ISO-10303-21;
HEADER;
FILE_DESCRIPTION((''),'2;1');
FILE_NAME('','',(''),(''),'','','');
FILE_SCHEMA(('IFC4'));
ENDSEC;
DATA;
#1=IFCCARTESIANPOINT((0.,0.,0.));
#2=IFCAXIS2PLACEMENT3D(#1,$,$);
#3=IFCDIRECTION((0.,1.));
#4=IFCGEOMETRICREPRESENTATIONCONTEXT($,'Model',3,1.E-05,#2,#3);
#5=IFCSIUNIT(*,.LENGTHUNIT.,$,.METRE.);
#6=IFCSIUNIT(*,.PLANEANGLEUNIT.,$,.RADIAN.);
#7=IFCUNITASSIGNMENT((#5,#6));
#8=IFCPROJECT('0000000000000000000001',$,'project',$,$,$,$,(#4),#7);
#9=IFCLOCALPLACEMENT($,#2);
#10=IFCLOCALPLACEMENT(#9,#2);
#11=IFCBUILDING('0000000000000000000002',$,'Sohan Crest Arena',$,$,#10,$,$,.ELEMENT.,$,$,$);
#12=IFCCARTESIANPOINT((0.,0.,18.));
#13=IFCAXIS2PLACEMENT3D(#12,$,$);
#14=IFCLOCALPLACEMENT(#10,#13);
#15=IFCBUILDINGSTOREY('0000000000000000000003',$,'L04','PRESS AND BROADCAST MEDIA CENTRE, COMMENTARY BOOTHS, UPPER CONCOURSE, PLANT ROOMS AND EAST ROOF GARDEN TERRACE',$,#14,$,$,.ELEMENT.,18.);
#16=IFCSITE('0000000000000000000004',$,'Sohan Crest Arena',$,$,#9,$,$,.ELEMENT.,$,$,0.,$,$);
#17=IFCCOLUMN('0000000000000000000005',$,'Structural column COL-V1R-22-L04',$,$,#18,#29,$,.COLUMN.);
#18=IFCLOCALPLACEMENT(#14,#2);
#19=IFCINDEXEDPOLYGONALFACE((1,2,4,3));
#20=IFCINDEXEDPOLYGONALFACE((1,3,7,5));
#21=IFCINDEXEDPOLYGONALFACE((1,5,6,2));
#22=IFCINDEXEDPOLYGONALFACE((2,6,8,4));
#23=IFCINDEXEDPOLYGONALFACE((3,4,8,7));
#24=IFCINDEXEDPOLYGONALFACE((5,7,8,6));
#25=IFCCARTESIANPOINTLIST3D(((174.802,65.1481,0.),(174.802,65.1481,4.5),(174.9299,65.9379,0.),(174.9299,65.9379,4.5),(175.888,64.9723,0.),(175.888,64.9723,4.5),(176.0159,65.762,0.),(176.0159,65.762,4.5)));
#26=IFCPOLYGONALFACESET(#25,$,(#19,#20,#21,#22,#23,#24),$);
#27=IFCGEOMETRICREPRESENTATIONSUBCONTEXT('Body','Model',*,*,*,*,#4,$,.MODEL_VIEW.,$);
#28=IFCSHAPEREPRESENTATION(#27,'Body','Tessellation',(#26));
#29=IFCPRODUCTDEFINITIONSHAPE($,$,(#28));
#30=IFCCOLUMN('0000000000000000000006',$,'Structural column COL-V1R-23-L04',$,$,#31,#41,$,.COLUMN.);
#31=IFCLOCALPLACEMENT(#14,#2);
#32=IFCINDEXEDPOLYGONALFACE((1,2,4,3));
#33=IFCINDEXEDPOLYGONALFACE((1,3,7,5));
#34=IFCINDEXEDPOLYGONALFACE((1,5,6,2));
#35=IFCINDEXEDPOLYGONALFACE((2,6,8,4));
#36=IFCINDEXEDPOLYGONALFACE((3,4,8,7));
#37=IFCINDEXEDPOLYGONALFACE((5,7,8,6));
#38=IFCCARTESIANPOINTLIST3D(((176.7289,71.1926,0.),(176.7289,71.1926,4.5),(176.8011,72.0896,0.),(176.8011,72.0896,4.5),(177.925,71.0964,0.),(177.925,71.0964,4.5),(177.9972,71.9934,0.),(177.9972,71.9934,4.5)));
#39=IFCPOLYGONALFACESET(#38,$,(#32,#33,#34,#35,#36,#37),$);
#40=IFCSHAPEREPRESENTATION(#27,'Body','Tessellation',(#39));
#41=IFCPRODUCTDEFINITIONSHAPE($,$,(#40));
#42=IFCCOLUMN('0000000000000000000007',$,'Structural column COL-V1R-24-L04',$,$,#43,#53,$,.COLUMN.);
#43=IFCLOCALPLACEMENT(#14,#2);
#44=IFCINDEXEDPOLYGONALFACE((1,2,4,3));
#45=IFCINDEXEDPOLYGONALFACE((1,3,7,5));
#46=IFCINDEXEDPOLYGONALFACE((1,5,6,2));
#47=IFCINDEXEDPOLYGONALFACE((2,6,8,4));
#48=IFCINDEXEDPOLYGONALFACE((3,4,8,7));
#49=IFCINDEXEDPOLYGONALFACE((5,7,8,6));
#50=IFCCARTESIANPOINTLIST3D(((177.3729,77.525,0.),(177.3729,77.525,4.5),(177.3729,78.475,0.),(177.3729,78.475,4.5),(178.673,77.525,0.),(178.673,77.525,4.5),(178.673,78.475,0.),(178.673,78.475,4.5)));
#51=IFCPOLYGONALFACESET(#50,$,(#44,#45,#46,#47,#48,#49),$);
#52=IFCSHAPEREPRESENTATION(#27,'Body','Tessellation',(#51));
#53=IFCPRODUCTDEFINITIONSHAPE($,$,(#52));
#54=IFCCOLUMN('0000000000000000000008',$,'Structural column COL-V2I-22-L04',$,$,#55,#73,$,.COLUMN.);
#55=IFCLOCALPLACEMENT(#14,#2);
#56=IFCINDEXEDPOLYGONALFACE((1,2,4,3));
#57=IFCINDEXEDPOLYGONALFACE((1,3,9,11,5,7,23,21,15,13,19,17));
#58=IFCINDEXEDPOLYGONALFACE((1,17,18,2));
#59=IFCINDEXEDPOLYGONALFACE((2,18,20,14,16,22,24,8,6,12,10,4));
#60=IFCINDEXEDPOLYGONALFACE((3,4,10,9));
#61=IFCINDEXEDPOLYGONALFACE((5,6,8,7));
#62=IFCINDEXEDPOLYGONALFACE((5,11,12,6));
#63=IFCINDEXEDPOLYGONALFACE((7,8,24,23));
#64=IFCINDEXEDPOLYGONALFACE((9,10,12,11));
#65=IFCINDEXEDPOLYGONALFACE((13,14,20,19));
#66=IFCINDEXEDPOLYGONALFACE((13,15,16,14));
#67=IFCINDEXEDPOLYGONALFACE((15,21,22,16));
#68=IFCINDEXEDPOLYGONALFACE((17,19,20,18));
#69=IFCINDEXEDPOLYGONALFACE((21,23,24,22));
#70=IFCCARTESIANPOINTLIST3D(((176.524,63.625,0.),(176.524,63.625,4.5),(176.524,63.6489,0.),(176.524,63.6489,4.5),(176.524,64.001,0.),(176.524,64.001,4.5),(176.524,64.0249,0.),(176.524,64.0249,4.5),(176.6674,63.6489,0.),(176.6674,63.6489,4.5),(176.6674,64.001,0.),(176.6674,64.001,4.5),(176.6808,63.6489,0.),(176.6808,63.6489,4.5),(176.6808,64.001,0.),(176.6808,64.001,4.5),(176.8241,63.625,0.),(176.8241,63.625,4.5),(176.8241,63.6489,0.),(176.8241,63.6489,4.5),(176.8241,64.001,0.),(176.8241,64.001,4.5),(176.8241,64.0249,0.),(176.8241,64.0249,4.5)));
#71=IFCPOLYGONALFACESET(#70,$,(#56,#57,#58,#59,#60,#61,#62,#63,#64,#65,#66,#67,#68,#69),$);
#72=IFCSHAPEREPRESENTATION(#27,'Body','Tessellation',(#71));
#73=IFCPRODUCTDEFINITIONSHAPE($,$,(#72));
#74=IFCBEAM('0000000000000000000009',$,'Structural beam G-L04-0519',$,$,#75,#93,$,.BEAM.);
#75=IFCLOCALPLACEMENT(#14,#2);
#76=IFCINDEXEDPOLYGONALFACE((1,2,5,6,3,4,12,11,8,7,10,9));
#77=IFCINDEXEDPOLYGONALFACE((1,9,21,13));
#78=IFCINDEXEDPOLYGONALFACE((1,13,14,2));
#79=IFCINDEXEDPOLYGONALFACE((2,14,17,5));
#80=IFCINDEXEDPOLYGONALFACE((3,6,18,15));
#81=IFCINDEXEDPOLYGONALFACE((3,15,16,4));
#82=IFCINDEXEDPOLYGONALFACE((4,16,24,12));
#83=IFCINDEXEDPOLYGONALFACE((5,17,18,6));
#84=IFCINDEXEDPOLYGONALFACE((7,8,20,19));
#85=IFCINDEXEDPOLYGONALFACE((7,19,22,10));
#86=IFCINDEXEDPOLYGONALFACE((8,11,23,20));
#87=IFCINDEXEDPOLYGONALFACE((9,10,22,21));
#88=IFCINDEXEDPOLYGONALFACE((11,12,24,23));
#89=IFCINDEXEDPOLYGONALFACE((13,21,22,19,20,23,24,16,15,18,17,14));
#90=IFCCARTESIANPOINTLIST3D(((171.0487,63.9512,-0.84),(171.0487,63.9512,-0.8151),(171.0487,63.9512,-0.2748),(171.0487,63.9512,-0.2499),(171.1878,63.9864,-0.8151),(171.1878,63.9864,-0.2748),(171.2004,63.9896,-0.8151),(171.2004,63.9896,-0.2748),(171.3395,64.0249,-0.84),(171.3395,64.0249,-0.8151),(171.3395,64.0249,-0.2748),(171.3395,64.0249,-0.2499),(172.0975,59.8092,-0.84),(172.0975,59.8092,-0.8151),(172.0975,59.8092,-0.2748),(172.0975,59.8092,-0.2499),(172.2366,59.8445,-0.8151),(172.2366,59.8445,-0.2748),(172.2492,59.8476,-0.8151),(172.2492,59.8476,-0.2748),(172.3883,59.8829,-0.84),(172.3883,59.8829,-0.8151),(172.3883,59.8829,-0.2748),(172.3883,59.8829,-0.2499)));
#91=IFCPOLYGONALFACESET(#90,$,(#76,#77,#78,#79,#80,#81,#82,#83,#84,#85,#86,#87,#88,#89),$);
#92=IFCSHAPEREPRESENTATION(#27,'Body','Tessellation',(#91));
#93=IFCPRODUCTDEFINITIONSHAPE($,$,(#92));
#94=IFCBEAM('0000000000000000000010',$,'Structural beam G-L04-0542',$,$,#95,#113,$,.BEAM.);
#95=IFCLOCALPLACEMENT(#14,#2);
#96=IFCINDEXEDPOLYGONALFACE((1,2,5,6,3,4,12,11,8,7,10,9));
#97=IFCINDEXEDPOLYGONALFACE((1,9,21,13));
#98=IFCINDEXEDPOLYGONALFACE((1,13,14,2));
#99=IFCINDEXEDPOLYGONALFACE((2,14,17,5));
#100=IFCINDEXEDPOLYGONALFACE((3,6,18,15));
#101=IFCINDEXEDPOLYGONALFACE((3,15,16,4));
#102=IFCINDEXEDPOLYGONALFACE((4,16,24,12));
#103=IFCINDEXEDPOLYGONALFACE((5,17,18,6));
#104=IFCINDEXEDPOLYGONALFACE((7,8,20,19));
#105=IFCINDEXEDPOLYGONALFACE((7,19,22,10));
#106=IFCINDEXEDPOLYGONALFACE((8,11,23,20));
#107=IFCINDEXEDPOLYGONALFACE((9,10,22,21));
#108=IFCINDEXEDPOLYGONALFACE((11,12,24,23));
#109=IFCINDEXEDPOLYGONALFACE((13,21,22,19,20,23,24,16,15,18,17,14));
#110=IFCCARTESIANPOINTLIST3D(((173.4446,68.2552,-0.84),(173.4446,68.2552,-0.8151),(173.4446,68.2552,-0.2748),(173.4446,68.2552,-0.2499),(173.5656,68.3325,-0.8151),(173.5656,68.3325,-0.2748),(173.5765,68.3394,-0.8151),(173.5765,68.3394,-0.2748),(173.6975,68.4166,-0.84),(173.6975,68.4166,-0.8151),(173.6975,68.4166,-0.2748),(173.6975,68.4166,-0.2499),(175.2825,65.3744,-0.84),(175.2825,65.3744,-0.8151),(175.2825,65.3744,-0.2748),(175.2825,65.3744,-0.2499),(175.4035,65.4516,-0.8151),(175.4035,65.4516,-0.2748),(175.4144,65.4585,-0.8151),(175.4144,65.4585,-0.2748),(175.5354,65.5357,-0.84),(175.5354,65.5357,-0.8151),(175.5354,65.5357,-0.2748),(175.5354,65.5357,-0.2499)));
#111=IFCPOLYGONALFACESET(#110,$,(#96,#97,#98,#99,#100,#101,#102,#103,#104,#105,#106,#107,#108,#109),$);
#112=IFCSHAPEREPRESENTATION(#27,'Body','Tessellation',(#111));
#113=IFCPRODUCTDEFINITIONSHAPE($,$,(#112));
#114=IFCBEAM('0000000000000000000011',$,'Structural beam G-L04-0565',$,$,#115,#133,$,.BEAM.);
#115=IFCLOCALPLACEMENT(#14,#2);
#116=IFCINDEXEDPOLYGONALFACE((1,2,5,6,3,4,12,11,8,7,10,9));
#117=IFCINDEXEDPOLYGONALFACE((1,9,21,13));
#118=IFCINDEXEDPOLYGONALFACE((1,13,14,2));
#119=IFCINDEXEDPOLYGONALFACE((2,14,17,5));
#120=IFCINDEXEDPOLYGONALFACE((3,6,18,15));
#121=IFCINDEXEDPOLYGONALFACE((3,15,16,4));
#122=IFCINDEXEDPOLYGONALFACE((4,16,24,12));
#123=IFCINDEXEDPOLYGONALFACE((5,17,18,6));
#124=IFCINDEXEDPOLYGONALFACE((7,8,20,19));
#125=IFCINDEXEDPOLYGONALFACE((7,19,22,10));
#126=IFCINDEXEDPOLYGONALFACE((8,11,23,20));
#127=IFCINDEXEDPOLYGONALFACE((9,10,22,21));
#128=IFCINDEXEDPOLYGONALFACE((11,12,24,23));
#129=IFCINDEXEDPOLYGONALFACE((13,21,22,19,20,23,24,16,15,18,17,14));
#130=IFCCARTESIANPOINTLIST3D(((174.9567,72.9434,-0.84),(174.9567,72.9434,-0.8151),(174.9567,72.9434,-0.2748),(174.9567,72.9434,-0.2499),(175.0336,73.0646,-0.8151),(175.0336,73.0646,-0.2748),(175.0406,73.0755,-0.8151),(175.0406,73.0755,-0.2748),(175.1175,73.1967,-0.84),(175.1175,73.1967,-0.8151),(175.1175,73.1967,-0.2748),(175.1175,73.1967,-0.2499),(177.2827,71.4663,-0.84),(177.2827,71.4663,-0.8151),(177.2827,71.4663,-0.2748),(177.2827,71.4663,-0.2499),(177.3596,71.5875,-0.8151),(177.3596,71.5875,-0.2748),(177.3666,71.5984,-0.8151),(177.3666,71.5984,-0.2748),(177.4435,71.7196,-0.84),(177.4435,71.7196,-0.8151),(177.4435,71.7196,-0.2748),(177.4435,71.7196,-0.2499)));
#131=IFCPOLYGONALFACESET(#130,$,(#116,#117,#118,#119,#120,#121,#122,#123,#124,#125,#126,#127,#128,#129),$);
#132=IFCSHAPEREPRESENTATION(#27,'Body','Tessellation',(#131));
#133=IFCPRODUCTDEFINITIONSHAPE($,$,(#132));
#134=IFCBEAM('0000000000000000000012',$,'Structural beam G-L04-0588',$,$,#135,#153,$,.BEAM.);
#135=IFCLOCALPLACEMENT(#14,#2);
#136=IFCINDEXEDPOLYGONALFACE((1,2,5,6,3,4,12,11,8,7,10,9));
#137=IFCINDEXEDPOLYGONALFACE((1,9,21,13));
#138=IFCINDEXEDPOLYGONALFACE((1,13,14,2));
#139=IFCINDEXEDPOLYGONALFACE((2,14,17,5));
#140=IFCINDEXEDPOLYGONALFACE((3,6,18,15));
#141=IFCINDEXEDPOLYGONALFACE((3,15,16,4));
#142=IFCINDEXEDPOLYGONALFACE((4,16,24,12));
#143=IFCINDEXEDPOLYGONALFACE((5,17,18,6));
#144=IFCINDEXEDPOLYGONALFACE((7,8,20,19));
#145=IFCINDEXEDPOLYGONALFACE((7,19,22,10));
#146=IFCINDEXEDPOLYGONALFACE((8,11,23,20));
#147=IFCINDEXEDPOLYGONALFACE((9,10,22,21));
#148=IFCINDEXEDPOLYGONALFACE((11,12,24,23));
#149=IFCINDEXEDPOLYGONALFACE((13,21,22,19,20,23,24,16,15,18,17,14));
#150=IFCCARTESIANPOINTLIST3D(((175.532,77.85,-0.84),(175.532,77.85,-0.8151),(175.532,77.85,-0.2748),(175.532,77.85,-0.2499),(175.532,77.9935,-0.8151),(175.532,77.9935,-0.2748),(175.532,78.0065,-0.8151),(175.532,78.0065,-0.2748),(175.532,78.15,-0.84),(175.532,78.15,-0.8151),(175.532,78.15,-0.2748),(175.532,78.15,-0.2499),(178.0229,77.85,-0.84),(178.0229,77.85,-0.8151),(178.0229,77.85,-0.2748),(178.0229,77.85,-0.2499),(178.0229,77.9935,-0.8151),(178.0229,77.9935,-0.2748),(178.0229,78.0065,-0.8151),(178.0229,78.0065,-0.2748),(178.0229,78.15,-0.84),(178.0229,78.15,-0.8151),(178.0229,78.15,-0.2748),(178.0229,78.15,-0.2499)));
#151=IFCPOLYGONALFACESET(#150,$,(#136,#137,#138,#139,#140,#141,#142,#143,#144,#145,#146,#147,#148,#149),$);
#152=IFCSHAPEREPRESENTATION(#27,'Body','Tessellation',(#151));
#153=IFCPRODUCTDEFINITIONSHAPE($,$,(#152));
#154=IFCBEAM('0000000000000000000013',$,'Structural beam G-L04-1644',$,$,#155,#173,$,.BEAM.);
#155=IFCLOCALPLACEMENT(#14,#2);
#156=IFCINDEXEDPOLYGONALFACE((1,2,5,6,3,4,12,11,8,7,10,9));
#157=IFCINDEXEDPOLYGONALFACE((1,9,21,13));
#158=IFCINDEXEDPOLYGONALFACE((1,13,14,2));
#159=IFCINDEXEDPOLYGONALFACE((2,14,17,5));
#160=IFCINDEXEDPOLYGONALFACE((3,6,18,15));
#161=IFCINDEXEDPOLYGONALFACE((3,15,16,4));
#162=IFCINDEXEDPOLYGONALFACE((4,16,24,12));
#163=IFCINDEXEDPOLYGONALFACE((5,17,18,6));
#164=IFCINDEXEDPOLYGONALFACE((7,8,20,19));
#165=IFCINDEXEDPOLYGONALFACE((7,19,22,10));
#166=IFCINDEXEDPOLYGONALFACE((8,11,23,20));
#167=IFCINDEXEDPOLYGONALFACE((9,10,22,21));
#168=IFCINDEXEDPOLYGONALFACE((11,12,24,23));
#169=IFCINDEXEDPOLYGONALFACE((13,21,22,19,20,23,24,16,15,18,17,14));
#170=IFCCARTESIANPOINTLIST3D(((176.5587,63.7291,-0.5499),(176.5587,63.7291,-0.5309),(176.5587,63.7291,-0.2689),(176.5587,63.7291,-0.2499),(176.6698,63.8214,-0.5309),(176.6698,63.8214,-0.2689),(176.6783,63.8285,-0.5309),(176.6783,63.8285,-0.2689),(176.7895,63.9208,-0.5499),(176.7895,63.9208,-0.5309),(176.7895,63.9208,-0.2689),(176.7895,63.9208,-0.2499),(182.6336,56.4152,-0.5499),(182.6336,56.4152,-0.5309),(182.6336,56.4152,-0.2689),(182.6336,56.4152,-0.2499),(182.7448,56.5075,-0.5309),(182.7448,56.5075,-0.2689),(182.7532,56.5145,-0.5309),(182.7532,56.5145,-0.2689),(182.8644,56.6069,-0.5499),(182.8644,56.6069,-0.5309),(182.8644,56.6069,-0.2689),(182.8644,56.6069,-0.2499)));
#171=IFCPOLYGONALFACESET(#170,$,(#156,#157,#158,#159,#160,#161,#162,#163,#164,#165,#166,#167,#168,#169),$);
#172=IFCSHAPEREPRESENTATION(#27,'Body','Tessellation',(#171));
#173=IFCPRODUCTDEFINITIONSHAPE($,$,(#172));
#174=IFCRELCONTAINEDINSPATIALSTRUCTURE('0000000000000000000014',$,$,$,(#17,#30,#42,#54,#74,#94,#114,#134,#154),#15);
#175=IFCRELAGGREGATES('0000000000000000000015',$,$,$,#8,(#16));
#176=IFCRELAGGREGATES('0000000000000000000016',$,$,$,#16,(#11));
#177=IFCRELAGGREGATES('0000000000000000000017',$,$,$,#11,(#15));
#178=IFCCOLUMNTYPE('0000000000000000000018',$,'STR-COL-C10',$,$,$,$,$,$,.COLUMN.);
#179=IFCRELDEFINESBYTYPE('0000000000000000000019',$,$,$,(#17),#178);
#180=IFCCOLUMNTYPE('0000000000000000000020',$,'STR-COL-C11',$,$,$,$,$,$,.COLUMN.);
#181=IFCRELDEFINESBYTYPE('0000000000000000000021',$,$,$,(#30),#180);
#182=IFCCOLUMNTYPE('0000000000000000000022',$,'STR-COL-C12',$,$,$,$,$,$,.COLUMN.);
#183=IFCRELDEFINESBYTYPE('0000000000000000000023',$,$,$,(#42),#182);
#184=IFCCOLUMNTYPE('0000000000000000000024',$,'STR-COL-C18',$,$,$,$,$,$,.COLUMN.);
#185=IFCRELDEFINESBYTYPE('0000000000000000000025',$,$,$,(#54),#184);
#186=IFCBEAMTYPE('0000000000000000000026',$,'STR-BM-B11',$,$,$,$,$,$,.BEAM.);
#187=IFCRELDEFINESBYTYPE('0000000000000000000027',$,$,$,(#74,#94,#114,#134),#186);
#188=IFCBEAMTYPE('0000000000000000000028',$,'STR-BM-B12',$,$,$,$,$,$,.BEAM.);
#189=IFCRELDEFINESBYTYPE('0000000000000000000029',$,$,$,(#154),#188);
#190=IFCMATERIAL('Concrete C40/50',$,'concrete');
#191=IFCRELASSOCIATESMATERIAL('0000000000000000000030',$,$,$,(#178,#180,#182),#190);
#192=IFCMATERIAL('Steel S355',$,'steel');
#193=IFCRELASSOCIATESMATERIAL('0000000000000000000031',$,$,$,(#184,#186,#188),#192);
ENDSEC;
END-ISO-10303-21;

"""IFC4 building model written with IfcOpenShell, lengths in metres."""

from ifc_helpers import new_model, si_unit, direction, frame, origin, origin_2d, place, context, subcontext, project, spatial, rectangle, i_section, extrude, material, material_profile, profile_set, type_object, element, save


model = new_model("IFC4")

# Units and contexts
model_context = context("Model", 3, precision=1e-05, world=origin(), true_north=direction((0.0, 1.0)))
body_context = subcontext(model_context, "Body", "Model", "MODEL_VIEW")
ifc_project = project(units=[si_unit("LENGTHUNIT", "METRE"), si_unit("PLANEANGLEUNIT", "RADIAN")], contexts=[model_context])

# Site, building, storey
site_placement = place(None, origin())
site = spatial("IfcSite", under=ifc_project, at=site_placement, Name="Sohan Crest Arena", CompositionType="ELEMENT", RefElevation=0.0)
building_placement = place(site_placement, origin())
building = spatial("IfcBuilding", under=site, at=building_placement, Name="Sohan Crest Arena", CompositionType="ELEMENT")
storey_placement = place(building_placement, frame((0.0, 0.0, 18.0)))
storey = spatial("IfcBuildingStorey", under=building, at=storey_placement, Name="L04", Description="PRESS AND BROADCAST MEDIA CENTRE, COMMENTARY BOOTHS, UPPER CONCOURSE, PLANT ROOMS AND EAST ROOF GARDEN TERRACE", CompositionType="ELEMENT", Elevation=18.0)

# Columns
ifc_material_1 = material(Name="Concrete C40/50", Category="concrete")
ifc_material_profile_1 = material_profile(ifc_material_1, rectangle(XDim=1.1001, YDim=0.8, at=origin_2d()), Name="RC 1100x800")
ifc_profile_set_1 = profile_set([ifc_material_profile_1], Name="Concrete C40/50")
column_type_1 = type_object("IfcColumnType", Name="STR-COL-C10", PredefinedType="COLUMN", material=ifc_profile_set_1)
column_1_placement = place(storey_placement, frame((175.4089, 65.4551, 0.0), z_axis=(0.0, 0.0, 1.0), x_axis=(-0.987136, 0.159881, 0.0)))
element("IfcColumn", 1, at=column_1_placement, inside=storey, type_object=column_type_1, Name="Structural column COL-V1R-22-L04", PredefinedType="COLUMN", context=body_context, shape_type="SweptSolid", body=[
    extrude(rectangle(XDim=1.1001, YDim=0.8, at=origin_2d()), origin(), (0.0, 0.0, 1.0), 4.5),
])
ifc_material_profile_2 = material_profile(ifc_material_1, rectangle(XDim=1.2, YDim=0.8999, at=origin_2d()), Name="RC 1200x900")
ifc_profile_set_2 = profile_set([ifc_material_profile_2], Name="Concrete C40/50")
column_type_2 = type_object("IfcColumnType", Name="STR-COL-C11", PredefinedType="COLUMN", material=ifc_profile_set_2)
column_2_placement = place(storey_placement, frame((177.363, 71.593, 0.0), z_axis=(0.0, 0.0, 1.0), x_axis=(-0.996779, 0.080199, 0.0)))
element("IfcColumn", 2, at=column_2_placement, inside=storey, type_object=column_type_2, Name="Structural column COL-V1R-23-L04", PredefinedType="COLUMN", context=body_context, shape_type="SweptSolid", body=[
    extrude(rectangle(XDim=1.2, YDim=0.8999, at=origin_2d()), origin(), (0.0, 0.0, 1.0), 4.5),
])
ifc_material_profile_3 = material_profile(ifc_material_1, rectangle(XDim=1.3, YDim=0.95, at=origin_2d()), Name="RC 1300x950")
ifc_profile_set_3 = profile_set([ifc_material_profile_3], Name="Concrete C40/50")
column_type_3 = type_object("IfcColumnType", Name="STR-COL-C12", PredefinedType="COLUMN", material=ifc_profile_set_3)
column_3_placement = place(storey_placement, frame((178.0229, 78.0, 0.0), z_axis=(0.0, 0.0, 1.0), x_axis=(1.0, 0.0, 0.0)))
element("IfcColumn", 3, at=column_3_placement, inside=storey, type_object=column_type_3, Name="Structural column COL-V1R-24-L04", PredefinedType="COLUMN", context=body_context, shape_type="SweptSolid", body=[
    extrude(rectangle(XDim=1.3, YDim=0.95, at=origin_2d()), origin(), (0.0, 0.0, 1.0), 4.5),
])
ifc_material_2 = material(Name="Steel S355", Category="steel")
ifc_material_profile_4 = material_profile(ifc_material_2, i_section(OverallWidth=0.3, OverallDepth=0.3999, WebThickness=0.0134, FlangeThickness=0.0239, at=origin_2d()), Name="HEB 400")
ifc_profile_set_4 = profile_set([ifc_material_profile_4], Name="Steel S355")
column_type_4 = type_object("IfcColumnType", Name="STR-COL-C18", PredefinedType="COLUMN", material=ifc_profile_set_4)
column_4_placement = place(storey_placement, frame((176.6741, 63.825, 0.0), z_axis=(0.0, 0.0, 1.0), x_axis=(1.0, 0.0, 0.0)))
element("IfcColumn", 4, at=column_4_placement, inside=storey, type_object=column_type_4, Name="Structural column COL-V2I-22-L04", PredefinedType="COLUMN", context=body_context, shape_type="SweptSolid", body=[
    extrude(i_section(OverallWidth=0.3, OverallDepth=0.3999, WebThickness=0.0134, FlangeThickness=0.0239, at=origin_2d()), origin(), (0.0, 0.0, 1.0), 4.5),
])

# Beams
ifc_material_profile_5 = material_profile(ifc_material_2, i_section(OverallWidth=0.3, OverallDepth=0.5901, WebThickness=0.0129, FlangeThickness=0.0249, at=origin_2d()), Name="HEA 600")
ifc_profile_set_5 = profile_set([ifc_material_profile_5], Name="Steel S355")
beam_type_1 = type_object("IfcBeamType", Name="STR-BM-B11", PredefinedType="BEAM", material=ifc_profile_set_5)
beam_1_placement = place(storey_placement, frame((171.1941, 63.988, -0.5449), z_axis=(0.245465, -0.969405, 0.0), x_axis=(0.969405, 0.245465, 0.0)))
element("IfcBeam", 5, at=beam_1_placement, inside=storey, type_object=beam_type_1, Name="Structural beam G-L04-0519", PredefinedType="BEAM", context=body_context, shape_type="SweptSolid", body=[
    extrude(i_section(OverallWidth=0.3, OverallDepth=0.5901, WebThickness=0.0129, FlangeThickness=0.0249, at=origin_2d()), origin(), (0.0, 0.0, 1.0), 4.2727),
])
beam_2_placement = place(storey_placement, frame((173.571, 68.3359, -0.5449), z_axis=(0.537837, -0.843049, 0.0), x_axis=(0.843049, 0.537837, 0.0)))
element("IfcBeam", 6, at=beam_2_placement, inside=storey, type_object=beam_type_1, Name="Structural beam G-L04-0542", PredefinedType="BEAM", context=body_context, shape_type="SweptSolid", body=[
    extrude(i_section(OverallWidth=0.3, OverallDepth=0.5901, WebThickness=0.0129, FlangeThickness=0.0249, at=origin_2d()), origin(), (0.0, 0.0, 1.0), 3.4172),
])
beam_3_placement = place(storey_placement, frame((175.0371, 73.0701, -0.5449), z_axis=(0.844168, -0.536078, 0.0), x_axis=(0.536078, 0.844168, 0.0)))
element("IfcBeam", 7, at=beam_3_placement, inside=storey, type_object=beam_type_1, Name="Structural beam G-L04-0565", PredefinedType="BEAM", context=body_context, shape_type="SweptSolid", body=[
    extrude(i_section(OverallWidth=0.3, OverallDepth=0.5901, WebThickness=0.0129, FlangeThickness=0.0249, at=origin_2d()), origin(), (0.0, 0.0, 1.0), 2.7554),
])
beam_4_placement = place(storey_placement, frame((175.532, 78.0, -0.5449), z_axis=(1.0, 0.0, 0.0), x_axis=(0.0, 1.0, 0.0)))
element("IfcBeam", 8, at=beam_4_placement, inside=storey, type_object=beam_type_1, Name="Structural beam G-L04-0588", PredefinedType="BEAM", context=body_context, shape_type="SweptSolid", body=[
    extrude(i_section(OverallWidth=0.3, OverallDepth=0.5901, WebThickness=0.0129, FlangeThickness=0.0249, at=origin_2d()), origin(), (0.0, 0.0, 1.0), 2.491),
])
ifc_material_profile_6 = material_profile(ifc_material_2, i_section(OverallWidth=0.3, OverallDepth=0.3, WebThickness=0.011, FlangeThickness=0.019, at=origin_2d()), Name="HEB 300")
ifc_profile_set_6 = profile_set([ifc_material_profile_6], Name="Steel S355")
beam_type_2 = type_object("IfcBeamType", Name="STR-BM-B12", PredefinedType="BEAM", material=ifc_profile_set_6)
beam_5_placement = place(storey_placement, frame((176.6741, 63.825, -0.3999), z_axis=(0.638941, -0.769256, 0.0), x_axis=(0.769256, 0.638941, 0.0)))
element("IfcBeam", 9, at=beam_5_placement, inside=storey, type_object=beam_type_2, Name="Structural beam G-L04-1644", PredefinedType="BEAM", context=body_context, shape_type="SweptSolid", body=[
    extrude(i_section(OverallWidth=0.3, OverallDepth=0.3, WebThickness=0.011, FlangeThickness=0.019, at=origin_2d()), origin(), (0.0, 0.0, 1.0), 9.5078),
])

save(model, "model.ifc")
